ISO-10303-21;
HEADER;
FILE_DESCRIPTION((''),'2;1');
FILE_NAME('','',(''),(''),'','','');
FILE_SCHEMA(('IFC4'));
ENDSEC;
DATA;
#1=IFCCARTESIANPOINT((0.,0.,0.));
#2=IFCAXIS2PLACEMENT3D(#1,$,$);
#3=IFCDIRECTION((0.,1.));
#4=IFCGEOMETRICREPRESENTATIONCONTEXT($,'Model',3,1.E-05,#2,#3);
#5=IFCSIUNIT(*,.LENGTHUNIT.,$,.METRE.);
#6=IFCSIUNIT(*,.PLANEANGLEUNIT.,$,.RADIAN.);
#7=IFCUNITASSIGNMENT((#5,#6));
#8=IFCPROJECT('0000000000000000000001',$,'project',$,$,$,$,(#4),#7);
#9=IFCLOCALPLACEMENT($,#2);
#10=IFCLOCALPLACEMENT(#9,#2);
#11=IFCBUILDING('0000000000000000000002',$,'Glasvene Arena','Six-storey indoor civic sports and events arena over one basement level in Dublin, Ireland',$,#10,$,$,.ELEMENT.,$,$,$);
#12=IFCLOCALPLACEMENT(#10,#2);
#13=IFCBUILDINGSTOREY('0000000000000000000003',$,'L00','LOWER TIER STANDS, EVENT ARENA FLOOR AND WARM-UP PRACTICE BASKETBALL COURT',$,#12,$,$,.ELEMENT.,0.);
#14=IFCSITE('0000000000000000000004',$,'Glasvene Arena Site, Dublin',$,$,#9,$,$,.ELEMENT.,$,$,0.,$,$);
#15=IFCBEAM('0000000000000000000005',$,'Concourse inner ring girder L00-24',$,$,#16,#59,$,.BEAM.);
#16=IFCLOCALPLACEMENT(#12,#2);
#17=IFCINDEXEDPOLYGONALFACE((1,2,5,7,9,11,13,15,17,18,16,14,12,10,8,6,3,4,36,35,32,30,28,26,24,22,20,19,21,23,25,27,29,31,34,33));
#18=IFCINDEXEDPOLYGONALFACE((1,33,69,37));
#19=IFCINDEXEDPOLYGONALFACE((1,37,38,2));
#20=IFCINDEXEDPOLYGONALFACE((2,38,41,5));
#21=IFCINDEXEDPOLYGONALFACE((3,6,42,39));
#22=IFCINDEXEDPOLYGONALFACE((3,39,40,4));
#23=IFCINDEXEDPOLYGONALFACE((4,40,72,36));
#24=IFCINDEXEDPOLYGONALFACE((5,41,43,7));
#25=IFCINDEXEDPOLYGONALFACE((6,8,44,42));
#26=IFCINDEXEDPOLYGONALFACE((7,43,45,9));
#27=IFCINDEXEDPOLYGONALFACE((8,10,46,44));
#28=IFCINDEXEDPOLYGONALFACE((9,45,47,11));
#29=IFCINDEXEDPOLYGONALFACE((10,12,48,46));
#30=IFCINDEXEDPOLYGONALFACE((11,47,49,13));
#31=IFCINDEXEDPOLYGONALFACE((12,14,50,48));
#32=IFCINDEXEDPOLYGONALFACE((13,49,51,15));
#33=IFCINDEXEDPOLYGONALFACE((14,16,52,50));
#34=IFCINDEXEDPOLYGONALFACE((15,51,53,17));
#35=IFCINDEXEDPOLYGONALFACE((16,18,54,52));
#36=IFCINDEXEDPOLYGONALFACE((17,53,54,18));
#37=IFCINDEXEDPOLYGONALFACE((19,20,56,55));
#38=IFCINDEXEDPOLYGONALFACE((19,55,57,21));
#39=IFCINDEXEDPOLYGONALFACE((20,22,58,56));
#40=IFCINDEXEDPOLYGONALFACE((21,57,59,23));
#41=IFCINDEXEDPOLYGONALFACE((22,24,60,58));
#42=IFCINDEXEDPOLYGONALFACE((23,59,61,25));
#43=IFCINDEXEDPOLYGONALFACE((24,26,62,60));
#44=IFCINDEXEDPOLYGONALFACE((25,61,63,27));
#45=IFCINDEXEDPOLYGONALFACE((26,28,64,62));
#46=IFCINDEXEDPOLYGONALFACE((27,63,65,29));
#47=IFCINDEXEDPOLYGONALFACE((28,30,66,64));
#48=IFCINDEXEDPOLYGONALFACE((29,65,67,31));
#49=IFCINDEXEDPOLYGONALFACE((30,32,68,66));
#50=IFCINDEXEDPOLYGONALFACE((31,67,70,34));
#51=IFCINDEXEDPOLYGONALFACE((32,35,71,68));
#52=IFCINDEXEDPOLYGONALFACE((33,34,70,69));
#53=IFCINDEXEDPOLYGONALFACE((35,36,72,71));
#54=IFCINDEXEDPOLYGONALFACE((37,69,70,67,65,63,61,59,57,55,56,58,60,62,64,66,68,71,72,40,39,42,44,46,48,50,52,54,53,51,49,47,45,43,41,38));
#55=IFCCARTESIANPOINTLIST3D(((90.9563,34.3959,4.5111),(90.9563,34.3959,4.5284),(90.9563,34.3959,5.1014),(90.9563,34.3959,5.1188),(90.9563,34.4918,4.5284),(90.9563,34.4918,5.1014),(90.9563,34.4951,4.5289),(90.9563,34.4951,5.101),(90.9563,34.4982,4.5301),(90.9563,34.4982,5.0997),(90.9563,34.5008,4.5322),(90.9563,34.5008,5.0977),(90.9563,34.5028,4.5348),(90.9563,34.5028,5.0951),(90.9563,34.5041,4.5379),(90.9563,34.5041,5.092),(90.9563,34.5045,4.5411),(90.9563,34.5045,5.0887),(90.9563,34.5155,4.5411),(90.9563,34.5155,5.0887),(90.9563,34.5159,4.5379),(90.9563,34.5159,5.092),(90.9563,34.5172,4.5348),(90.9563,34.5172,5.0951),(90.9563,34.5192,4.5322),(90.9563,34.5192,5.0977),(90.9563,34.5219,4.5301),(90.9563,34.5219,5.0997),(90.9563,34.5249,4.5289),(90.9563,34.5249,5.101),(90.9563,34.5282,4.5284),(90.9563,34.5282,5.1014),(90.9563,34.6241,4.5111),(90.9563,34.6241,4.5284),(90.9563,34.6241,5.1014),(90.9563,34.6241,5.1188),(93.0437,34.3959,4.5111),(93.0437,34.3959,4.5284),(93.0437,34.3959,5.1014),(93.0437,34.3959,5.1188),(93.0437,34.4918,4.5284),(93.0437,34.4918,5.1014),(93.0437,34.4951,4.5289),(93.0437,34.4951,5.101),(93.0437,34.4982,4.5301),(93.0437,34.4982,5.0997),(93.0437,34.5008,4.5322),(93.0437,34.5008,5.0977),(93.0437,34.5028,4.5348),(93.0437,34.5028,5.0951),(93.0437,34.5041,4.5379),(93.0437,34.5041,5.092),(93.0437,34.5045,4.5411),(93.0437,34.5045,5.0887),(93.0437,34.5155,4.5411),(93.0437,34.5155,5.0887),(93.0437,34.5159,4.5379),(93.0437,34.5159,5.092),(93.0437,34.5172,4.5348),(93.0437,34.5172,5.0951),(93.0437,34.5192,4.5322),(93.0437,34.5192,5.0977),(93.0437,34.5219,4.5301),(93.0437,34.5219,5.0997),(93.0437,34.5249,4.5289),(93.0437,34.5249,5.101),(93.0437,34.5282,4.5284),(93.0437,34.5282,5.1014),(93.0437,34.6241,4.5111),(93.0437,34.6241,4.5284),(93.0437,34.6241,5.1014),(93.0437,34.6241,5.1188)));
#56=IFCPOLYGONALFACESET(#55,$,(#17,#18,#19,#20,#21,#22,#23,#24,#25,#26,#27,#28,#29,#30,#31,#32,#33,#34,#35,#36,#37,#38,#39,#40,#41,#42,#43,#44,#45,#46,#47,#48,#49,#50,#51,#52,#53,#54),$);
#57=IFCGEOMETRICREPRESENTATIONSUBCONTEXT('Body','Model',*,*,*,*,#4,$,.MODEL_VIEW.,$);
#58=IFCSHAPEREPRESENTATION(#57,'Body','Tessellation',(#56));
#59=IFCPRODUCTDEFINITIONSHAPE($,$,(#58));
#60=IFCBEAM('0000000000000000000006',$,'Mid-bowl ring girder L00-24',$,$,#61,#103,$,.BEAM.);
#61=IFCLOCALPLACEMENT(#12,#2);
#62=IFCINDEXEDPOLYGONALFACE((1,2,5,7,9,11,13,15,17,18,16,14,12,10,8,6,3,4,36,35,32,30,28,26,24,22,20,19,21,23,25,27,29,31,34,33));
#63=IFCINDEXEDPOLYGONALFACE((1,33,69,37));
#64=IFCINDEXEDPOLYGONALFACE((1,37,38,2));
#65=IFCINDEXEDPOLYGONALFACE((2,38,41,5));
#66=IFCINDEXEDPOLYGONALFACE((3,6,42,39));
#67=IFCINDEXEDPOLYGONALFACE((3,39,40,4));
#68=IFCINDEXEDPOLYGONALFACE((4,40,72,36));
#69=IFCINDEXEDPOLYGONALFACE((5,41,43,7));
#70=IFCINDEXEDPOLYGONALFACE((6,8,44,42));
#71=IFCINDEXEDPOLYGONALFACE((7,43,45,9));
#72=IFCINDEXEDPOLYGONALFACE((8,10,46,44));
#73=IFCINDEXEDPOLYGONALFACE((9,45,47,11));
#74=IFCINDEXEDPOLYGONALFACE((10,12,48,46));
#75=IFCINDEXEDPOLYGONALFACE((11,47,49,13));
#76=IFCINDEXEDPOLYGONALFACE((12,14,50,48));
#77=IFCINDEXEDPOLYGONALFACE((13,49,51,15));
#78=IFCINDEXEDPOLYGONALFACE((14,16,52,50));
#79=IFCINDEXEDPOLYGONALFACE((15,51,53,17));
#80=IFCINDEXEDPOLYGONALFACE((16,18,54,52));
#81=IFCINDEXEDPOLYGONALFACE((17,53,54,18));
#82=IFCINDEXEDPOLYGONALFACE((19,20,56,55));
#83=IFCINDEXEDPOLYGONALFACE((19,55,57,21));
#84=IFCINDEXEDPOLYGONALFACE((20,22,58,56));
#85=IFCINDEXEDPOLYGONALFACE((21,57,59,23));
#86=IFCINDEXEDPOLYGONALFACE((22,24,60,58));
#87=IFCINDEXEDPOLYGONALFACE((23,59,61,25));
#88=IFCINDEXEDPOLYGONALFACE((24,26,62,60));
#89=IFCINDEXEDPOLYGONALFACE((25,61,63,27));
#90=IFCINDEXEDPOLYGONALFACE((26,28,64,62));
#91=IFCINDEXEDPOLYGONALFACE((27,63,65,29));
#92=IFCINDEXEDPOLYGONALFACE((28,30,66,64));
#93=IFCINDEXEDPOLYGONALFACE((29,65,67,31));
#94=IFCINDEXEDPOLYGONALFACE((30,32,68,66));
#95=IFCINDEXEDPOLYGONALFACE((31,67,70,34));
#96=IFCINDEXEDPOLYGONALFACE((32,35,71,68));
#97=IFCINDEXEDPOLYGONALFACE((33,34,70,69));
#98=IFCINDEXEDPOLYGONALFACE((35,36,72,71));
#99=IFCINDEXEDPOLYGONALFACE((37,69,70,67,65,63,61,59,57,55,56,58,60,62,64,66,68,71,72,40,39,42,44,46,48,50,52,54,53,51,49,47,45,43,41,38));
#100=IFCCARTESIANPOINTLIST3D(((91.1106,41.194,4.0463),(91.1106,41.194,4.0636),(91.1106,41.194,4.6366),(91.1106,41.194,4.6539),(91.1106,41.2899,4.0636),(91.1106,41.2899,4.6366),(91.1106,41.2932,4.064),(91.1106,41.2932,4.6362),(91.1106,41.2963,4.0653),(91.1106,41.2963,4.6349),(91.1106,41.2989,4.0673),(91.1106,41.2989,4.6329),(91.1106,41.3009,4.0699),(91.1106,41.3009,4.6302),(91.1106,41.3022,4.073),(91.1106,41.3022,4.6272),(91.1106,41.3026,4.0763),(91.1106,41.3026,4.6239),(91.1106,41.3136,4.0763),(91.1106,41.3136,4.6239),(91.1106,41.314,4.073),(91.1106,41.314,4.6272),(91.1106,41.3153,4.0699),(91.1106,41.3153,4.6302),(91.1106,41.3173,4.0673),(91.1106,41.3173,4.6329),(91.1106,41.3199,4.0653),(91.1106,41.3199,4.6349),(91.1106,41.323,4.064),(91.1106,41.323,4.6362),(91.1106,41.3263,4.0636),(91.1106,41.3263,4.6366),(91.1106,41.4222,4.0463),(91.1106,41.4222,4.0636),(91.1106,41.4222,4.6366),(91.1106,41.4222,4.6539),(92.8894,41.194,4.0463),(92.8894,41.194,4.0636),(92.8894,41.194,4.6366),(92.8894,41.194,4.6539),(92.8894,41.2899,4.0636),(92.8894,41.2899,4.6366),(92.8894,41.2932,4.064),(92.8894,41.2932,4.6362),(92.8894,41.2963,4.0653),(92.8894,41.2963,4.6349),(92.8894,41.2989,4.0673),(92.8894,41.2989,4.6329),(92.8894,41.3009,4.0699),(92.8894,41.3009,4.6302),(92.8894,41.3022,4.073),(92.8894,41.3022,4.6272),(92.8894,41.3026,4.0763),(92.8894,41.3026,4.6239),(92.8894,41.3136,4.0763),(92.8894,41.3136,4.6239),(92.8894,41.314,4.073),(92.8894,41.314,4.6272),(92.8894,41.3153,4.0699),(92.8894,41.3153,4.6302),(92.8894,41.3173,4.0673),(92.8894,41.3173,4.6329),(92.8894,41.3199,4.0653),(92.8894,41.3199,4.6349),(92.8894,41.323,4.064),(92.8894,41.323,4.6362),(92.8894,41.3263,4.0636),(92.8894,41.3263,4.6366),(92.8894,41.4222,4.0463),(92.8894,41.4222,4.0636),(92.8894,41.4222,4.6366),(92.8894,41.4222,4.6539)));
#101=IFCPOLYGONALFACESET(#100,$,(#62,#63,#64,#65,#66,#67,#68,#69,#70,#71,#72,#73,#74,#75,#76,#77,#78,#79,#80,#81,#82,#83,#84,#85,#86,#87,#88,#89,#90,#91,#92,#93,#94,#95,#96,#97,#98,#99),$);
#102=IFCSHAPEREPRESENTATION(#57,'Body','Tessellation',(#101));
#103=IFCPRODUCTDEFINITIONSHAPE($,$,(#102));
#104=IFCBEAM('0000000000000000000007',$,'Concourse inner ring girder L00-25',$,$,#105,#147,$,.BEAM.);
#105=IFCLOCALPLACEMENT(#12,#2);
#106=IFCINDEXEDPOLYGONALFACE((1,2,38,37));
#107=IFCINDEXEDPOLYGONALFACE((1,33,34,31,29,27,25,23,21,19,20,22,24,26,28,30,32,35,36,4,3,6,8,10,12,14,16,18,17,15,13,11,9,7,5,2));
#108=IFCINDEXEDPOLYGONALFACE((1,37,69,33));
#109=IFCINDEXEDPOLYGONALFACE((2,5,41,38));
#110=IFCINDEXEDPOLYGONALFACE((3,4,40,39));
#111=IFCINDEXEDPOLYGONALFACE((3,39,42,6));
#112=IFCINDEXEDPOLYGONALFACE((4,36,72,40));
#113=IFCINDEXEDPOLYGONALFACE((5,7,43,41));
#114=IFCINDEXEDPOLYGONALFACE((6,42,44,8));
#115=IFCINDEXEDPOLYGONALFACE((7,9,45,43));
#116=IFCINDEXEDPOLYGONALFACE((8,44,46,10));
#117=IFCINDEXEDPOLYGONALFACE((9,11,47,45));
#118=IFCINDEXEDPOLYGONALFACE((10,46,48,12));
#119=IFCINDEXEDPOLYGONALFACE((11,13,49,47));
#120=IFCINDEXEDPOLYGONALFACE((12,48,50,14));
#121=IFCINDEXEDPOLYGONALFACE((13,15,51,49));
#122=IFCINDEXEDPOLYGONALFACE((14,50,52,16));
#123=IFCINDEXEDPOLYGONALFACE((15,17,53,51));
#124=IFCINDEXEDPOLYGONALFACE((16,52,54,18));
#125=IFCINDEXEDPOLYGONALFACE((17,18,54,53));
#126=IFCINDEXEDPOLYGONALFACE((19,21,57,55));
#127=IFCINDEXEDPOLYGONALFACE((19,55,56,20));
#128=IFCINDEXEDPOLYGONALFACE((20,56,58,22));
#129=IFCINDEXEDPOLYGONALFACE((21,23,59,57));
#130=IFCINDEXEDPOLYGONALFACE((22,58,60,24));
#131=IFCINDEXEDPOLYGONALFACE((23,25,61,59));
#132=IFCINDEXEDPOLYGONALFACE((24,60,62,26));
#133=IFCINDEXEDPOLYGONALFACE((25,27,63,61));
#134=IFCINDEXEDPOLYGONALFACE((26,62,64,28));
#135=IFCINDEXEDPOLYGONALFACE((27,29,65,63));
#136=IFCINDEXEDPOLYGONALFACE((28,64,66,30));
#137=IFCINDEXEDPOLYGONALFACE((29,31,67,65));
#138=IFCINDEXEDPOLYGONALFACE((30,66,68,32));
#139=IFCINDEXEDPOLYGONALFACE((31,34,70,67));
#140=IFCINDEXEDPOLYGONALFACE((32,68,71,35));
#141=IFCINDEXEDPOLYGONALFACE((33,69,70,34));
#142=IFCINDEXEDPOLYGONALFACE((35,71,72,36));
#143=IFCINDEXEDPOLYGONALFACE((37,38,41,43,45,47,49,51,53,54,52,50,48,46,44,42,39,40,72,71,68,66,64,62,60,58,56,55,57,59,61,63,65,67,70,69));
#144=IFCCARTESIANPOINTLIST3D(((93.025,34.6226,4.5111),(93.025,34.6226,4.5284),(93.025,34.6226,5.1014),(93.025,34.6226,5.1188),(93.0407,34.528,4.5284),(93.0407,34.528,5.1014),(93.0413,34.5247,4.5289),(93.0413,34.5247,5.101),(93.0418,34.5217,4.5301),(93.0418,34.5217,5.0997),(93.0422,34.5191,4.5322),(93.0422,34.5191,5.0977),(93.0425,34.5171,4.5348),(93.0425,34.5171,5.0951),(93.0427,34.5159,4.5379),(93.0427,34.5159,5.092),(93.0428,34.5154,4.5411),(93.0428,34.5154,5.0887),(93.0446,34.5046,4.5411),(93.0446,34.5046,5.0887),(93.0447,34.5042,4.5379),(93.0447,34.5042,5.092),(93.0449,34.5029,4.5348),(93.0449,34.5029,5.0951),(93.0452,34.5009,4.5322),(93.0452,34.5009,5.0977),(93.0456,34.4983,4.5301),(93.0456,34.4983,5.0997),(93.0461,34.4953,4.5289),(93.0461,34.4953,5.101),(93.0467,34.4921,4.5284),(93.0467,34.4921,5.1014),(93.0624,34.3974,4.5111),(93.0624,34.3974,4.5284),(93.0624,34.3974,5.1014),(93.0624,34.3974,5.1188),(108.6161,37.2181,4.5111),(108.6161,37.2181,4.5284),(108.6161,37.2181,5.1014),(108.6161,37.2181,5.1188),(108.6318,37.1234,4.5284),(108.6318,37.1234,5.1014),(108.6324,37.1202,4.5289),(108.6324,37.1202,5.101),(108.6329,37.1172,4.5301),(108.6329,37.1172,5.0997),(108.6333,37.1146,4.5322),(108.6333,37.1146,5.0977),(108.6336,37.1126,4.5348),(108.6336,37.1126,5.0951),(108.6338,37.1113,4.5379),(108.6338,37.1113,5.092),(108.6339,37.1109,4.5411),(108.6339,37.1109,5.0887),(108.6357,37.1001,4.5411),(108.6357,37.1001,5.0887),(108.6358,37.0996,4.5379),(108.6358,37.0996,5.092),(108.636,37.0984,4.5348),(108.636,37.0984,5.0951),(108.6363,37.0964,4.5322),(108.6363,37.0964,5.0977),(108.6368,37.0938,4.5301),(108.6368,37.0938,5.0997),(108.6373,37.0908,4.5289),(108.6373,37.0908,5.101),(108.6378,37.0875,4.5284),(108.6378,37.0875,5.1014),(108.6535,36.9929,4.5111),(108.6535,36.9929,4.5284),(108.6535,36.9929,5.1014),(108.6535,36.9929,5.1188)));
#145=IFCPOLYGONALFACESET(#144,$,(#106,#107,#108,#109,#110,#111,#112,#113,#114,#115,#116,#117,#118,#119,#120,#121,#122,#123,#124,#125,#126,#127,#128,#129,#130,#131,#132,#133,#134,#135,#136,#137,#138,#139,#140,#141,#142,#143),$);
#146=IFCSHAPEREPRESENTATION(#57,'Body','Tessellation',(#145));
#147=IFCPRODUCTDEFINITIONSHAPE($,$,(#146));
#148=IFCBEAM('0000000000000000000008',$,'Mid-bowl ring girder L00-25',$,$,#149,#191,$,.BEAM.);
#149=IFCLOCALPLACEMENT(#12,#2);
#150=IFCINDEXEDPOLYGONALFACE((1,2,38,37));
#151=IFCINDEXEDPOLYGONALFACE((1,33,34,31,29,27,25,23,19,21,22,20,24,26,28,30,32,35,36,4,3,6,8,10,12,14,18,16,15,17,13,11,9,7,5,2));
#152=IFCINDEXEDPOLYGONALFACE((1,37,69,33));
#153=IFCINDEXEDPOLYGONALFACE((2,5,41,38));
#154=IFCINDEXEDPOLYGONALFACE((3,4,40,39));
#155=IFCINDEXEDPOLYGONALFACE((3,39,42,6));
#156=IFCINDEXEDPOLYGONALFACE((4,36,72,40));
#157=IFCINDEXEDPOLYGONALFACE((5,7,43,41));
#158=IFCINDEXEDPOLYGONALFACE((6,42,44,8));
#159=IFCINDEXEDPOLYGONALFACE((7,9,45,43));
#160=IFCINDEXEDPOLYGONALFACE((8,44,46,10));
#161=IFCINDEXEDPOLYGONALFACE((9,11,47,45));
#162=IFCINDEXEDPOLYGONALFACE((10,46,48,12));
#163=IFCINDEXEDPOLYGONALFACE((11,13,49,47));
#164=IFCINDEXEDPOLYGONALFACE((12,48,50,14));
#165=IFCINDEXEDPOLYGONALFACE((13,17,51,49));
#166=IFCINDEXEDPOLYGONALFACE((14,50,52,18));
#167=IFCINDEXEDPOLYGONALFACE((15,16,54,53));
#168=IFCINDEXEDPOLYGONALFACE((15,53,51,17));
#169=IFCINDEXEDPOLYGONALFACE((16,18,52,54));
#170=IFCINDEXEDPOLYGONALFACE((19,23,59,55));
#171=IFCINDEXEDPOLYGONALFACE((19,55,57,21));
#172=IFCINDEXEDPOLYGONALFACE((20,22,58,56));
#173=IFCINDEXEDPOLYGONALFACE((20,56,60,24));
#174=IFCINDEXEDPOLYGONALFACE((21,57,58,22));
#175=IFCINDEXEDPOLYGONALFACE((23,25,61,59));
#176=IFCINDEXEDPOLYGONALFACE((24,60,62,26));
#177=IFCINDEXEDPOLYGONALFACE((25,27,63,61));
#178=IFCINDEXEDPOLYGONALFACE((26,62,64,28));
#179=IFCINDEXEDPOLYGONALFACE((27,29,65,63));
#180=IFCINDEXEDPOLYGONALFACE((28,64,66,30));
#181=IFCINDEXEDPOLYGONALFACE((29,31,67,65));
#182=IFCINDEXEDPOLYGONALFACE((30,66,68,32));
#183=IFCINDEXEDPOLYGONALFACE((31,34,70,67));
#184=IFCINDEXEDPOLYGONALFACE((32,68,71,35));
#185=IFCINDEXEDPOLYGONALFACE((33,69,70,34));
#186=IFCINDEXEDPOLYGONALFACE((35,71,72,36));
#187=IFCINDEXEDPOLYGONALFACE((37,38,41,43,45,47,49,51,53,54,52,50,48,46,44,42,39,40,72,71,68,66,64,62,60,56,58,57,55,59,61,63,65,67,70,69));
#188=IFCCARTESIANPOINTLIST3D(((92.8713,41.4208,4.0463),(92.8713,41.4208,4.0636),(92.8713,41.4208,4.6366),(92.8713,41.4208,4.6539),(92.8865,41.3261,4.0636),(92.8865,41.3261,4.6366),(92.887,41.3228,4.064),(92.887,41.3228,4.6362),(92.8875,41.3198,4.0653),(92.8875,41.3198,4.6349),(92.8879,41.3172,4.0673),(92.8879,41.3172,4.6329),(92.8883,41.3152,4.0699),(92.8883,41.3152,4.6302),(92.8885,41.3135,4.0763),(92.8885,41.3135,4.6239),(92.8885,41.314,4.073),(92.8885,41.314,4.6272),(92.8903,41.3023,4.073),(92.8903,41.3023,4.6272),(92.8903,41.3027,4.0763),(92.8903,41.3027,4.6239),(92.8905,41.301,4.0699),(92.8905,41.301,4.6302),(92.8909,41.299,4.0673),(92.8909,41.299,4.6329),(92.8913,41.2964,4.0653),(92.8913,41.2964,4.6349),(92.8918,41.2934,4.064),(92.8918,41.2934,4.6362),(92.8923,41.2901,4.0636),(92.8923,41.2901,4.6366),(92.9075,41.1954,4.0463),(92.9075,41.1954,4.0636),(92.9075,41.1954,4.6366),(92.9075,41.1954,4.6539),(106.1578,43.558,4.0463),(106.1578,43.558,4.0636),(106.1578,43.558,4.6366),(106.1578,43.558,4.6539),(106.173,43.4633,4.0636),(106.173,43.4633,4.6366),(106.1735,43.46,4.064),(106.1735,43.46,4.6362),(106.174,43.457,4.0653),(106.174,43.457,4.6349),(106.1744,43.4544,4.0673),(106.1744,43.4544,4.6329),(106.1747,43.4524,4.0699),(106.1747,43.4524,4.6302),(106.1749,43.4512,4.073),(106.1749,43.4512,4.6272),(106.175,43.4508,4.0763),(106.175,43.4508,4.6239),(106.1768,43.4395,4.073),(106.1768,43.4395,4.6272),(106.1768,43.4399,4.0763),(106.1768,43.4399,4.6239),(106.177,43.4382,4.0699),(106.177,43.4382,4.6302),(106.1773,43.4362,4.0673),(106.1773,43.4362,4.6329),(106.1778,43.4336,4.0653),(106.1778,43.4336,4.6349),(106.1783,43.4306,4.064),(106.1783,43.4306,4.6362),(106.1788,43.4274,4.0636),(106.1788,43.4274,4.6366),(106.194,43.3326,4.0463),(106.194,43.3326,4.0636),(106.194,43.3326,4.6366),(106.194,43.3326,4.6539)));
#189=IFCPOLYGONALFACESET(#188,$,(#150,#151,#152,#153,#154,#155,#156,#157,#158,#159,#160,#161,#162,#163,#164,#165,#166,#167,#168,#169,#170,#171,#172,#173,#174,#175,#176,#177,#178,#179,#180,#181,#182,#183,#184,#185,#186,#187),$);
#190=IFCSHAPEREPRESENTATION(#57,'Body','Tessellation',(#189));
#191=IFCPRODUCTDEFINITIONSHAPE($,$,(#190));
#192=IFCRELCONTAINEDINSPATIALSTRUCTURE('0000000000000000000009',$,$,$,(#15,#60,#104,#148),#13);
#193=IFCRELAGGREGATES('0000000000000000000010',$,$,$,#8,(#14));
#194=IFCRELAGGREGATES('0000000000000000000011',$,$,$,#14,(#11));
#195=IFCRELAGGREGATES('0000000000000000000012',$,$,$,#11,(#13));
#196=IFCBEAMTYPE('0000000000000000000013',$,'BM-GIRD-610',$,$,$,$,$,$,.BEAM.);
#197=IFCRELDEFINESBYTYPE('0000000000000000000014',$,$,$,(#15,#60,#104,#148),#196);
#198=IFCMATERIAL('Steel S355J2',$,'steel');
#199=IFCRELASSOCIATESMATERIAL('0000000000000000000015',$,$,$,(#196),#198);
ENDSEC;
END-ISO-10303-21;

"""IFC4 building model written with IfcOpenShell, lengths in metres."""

from ifc_helpers import new_model, si_unit, direction, frame, origin, origin_2d, place, context, subcontext, project, spatial, i_section, extrude, material, material_profile, profile_set, type_object, element, save


model = new_model("IFC4")

# Units and contexts
model_context = context("Model", 3, precision=1e-05, world=origin(), true_north=direction((0.0, 1.0)))
body_context = subcontext(model_context, "Body", "Model", "MODEL_VIEW")
ifc_project = project(units=[si_unit("LENGTHUNIT", "METRE"), si_unit("PLANEANGLEUNIT", "RADIAN")], contexts=[model_context])

# Site, building, storey
site_placement = place(None, origin())
site = spatial("IfcSite", under=ifc_project, at=site_placement, Name="Glasvene Arena Site, Dublin", CompositionType="ELEMENT", RefElevation=0.0)
building_placement = place(site_placement, origin())
building = spatial("IfcBuilding", under=site, at=building_placement, Name="Glasvene Arena", Description="Six-storey indoor civic sports and events arena over one basement level in Dublin, Ireland", CompositionType="ELEMENT")
storey_placement = place(building_placement, origin())
storey = spatial("IfcBuildingStorey", under=building, at=storey_placement, Name="L00", Description="LOWER TIER STANDS, EVENT ARENA FLOOR AND WARM-UP PRACTICE BASKETBALL COURT", CompositionType="ELEMENT", Elevation=0.0)

# Shared definitions
ifc_material_1 = material(Name="Steel S355J2", Category="steel")

# Beams
ifc_material_profile_1 = material_profile(ifc_material_1, i_section(OverallWidth=0.2283, OverallDepth=0.6077, WebThickness=0.011, FlangeThickness=0.0173, FilletRadius=0.0127, at=origin_2d()), Name="UKB 610x229x113")
ifc_profile_set_1 = profile_set([ifc_material_profile_1], Name="Steel S355J2")
beam_type_1 = type_object("IfcBeamType", Name="BM-GIRD-610", PredefinedType="BEAM", material=ifc_profile_set_1)
beam_1_placement = place(storey_placement, frame((90.9563, 34.51, 4.8149), z_axis=(1.0, 0.0, 0.0), x_axis=(0.0, 1.0, 0.0)))
element("IfcBeam", 1, at=beam_1_placement, inside=storey, type_object=beam_type_1, Name="Concourse inner ring girder L00-24", PredefinedType="BEAM", context=body_context, shape_type="SweptSolid", body=[
    extrude(i_section(OverallWidth=0.2283, OverallDepth=0.6077, WebThickness=0.011, FlangeThickness=0.0173, FilletRadius=0.0127, at=origin_2d()), origin(), (0.0, 0.0, 1.0), 2.0874),
])
beam_2_placement = place(storey_placement, frame((91.1106, 41.3081, 4.3501), z_axis=(1.0, 0.0, 0.0), x_axis=(0.0, 1.0, 0.0)))
element("IfcBeam", 2, at=beam_2_placement, inside=storey, type_object=beam_type_1, Name="Mid-bowl ring girder L00-24", PredefinedType="BEAM", context=body_context, shape_type="SweptSolid", body=[
    extrude(i_section(OverallWidth=0.2283, OverallDepth=0.6077, WebThickness=0.011, FlangeThickness=0.0173, FilletRadius=0.0127, at=origin_2d()), origin(), (0.0, 0.0, 1.0), 1.7788),
])
beam_3_placement = place(storey_placement, frame((93.0437, 34.51, 4.8149), z_axis=(0.986425, 0.164211, 0.0), x_axis=(-0.164211, 0.986425, 0.0)))
element("IfcBeam", 3, at=beam_3_placement, inside=storey, type_object=beam_type_1, Name="Concourse inner ring girder L00-25", PredefinedType="BEAM", context=body_context, shape_type="SweptSolid", body=[
    extrude(i_section(OverallWidth=0.2283, OverallDepth=0.6077, WebThickness=0.011, FlangeThickness=0.0173, FilletRadius=0.0127, at=origin_2d()), origin(), (0.0, 0.0, 1.0), 15.8057),
])
beam_4_placement = place(storey_placement, frame((92.8894, 41.3081, 4.3501), z_axis=(0.987308, 0.158815, 0.0), x_axis=(-0.158815, 0.987308, 0.0)))
element("IfcBeam", 4, at=beam_4_placement, inside=storey, type_object=beam_type_1, Name="Mid-bowl ring girder L00-25", PredefinedType="BEAM", context=body_context, shape_type="SweptSolid", body=[
    extrude(i_section(OverallWidth=0.2283, OverallDepth=0.6077, WebThickness=0.011, FlangeThickness=0.0173, FilletRadius=0.0127, at=origin_2d()), origin(), (0.0, 0.0, 1.0), 13.4573),
])

save(model, "model.ifc")
